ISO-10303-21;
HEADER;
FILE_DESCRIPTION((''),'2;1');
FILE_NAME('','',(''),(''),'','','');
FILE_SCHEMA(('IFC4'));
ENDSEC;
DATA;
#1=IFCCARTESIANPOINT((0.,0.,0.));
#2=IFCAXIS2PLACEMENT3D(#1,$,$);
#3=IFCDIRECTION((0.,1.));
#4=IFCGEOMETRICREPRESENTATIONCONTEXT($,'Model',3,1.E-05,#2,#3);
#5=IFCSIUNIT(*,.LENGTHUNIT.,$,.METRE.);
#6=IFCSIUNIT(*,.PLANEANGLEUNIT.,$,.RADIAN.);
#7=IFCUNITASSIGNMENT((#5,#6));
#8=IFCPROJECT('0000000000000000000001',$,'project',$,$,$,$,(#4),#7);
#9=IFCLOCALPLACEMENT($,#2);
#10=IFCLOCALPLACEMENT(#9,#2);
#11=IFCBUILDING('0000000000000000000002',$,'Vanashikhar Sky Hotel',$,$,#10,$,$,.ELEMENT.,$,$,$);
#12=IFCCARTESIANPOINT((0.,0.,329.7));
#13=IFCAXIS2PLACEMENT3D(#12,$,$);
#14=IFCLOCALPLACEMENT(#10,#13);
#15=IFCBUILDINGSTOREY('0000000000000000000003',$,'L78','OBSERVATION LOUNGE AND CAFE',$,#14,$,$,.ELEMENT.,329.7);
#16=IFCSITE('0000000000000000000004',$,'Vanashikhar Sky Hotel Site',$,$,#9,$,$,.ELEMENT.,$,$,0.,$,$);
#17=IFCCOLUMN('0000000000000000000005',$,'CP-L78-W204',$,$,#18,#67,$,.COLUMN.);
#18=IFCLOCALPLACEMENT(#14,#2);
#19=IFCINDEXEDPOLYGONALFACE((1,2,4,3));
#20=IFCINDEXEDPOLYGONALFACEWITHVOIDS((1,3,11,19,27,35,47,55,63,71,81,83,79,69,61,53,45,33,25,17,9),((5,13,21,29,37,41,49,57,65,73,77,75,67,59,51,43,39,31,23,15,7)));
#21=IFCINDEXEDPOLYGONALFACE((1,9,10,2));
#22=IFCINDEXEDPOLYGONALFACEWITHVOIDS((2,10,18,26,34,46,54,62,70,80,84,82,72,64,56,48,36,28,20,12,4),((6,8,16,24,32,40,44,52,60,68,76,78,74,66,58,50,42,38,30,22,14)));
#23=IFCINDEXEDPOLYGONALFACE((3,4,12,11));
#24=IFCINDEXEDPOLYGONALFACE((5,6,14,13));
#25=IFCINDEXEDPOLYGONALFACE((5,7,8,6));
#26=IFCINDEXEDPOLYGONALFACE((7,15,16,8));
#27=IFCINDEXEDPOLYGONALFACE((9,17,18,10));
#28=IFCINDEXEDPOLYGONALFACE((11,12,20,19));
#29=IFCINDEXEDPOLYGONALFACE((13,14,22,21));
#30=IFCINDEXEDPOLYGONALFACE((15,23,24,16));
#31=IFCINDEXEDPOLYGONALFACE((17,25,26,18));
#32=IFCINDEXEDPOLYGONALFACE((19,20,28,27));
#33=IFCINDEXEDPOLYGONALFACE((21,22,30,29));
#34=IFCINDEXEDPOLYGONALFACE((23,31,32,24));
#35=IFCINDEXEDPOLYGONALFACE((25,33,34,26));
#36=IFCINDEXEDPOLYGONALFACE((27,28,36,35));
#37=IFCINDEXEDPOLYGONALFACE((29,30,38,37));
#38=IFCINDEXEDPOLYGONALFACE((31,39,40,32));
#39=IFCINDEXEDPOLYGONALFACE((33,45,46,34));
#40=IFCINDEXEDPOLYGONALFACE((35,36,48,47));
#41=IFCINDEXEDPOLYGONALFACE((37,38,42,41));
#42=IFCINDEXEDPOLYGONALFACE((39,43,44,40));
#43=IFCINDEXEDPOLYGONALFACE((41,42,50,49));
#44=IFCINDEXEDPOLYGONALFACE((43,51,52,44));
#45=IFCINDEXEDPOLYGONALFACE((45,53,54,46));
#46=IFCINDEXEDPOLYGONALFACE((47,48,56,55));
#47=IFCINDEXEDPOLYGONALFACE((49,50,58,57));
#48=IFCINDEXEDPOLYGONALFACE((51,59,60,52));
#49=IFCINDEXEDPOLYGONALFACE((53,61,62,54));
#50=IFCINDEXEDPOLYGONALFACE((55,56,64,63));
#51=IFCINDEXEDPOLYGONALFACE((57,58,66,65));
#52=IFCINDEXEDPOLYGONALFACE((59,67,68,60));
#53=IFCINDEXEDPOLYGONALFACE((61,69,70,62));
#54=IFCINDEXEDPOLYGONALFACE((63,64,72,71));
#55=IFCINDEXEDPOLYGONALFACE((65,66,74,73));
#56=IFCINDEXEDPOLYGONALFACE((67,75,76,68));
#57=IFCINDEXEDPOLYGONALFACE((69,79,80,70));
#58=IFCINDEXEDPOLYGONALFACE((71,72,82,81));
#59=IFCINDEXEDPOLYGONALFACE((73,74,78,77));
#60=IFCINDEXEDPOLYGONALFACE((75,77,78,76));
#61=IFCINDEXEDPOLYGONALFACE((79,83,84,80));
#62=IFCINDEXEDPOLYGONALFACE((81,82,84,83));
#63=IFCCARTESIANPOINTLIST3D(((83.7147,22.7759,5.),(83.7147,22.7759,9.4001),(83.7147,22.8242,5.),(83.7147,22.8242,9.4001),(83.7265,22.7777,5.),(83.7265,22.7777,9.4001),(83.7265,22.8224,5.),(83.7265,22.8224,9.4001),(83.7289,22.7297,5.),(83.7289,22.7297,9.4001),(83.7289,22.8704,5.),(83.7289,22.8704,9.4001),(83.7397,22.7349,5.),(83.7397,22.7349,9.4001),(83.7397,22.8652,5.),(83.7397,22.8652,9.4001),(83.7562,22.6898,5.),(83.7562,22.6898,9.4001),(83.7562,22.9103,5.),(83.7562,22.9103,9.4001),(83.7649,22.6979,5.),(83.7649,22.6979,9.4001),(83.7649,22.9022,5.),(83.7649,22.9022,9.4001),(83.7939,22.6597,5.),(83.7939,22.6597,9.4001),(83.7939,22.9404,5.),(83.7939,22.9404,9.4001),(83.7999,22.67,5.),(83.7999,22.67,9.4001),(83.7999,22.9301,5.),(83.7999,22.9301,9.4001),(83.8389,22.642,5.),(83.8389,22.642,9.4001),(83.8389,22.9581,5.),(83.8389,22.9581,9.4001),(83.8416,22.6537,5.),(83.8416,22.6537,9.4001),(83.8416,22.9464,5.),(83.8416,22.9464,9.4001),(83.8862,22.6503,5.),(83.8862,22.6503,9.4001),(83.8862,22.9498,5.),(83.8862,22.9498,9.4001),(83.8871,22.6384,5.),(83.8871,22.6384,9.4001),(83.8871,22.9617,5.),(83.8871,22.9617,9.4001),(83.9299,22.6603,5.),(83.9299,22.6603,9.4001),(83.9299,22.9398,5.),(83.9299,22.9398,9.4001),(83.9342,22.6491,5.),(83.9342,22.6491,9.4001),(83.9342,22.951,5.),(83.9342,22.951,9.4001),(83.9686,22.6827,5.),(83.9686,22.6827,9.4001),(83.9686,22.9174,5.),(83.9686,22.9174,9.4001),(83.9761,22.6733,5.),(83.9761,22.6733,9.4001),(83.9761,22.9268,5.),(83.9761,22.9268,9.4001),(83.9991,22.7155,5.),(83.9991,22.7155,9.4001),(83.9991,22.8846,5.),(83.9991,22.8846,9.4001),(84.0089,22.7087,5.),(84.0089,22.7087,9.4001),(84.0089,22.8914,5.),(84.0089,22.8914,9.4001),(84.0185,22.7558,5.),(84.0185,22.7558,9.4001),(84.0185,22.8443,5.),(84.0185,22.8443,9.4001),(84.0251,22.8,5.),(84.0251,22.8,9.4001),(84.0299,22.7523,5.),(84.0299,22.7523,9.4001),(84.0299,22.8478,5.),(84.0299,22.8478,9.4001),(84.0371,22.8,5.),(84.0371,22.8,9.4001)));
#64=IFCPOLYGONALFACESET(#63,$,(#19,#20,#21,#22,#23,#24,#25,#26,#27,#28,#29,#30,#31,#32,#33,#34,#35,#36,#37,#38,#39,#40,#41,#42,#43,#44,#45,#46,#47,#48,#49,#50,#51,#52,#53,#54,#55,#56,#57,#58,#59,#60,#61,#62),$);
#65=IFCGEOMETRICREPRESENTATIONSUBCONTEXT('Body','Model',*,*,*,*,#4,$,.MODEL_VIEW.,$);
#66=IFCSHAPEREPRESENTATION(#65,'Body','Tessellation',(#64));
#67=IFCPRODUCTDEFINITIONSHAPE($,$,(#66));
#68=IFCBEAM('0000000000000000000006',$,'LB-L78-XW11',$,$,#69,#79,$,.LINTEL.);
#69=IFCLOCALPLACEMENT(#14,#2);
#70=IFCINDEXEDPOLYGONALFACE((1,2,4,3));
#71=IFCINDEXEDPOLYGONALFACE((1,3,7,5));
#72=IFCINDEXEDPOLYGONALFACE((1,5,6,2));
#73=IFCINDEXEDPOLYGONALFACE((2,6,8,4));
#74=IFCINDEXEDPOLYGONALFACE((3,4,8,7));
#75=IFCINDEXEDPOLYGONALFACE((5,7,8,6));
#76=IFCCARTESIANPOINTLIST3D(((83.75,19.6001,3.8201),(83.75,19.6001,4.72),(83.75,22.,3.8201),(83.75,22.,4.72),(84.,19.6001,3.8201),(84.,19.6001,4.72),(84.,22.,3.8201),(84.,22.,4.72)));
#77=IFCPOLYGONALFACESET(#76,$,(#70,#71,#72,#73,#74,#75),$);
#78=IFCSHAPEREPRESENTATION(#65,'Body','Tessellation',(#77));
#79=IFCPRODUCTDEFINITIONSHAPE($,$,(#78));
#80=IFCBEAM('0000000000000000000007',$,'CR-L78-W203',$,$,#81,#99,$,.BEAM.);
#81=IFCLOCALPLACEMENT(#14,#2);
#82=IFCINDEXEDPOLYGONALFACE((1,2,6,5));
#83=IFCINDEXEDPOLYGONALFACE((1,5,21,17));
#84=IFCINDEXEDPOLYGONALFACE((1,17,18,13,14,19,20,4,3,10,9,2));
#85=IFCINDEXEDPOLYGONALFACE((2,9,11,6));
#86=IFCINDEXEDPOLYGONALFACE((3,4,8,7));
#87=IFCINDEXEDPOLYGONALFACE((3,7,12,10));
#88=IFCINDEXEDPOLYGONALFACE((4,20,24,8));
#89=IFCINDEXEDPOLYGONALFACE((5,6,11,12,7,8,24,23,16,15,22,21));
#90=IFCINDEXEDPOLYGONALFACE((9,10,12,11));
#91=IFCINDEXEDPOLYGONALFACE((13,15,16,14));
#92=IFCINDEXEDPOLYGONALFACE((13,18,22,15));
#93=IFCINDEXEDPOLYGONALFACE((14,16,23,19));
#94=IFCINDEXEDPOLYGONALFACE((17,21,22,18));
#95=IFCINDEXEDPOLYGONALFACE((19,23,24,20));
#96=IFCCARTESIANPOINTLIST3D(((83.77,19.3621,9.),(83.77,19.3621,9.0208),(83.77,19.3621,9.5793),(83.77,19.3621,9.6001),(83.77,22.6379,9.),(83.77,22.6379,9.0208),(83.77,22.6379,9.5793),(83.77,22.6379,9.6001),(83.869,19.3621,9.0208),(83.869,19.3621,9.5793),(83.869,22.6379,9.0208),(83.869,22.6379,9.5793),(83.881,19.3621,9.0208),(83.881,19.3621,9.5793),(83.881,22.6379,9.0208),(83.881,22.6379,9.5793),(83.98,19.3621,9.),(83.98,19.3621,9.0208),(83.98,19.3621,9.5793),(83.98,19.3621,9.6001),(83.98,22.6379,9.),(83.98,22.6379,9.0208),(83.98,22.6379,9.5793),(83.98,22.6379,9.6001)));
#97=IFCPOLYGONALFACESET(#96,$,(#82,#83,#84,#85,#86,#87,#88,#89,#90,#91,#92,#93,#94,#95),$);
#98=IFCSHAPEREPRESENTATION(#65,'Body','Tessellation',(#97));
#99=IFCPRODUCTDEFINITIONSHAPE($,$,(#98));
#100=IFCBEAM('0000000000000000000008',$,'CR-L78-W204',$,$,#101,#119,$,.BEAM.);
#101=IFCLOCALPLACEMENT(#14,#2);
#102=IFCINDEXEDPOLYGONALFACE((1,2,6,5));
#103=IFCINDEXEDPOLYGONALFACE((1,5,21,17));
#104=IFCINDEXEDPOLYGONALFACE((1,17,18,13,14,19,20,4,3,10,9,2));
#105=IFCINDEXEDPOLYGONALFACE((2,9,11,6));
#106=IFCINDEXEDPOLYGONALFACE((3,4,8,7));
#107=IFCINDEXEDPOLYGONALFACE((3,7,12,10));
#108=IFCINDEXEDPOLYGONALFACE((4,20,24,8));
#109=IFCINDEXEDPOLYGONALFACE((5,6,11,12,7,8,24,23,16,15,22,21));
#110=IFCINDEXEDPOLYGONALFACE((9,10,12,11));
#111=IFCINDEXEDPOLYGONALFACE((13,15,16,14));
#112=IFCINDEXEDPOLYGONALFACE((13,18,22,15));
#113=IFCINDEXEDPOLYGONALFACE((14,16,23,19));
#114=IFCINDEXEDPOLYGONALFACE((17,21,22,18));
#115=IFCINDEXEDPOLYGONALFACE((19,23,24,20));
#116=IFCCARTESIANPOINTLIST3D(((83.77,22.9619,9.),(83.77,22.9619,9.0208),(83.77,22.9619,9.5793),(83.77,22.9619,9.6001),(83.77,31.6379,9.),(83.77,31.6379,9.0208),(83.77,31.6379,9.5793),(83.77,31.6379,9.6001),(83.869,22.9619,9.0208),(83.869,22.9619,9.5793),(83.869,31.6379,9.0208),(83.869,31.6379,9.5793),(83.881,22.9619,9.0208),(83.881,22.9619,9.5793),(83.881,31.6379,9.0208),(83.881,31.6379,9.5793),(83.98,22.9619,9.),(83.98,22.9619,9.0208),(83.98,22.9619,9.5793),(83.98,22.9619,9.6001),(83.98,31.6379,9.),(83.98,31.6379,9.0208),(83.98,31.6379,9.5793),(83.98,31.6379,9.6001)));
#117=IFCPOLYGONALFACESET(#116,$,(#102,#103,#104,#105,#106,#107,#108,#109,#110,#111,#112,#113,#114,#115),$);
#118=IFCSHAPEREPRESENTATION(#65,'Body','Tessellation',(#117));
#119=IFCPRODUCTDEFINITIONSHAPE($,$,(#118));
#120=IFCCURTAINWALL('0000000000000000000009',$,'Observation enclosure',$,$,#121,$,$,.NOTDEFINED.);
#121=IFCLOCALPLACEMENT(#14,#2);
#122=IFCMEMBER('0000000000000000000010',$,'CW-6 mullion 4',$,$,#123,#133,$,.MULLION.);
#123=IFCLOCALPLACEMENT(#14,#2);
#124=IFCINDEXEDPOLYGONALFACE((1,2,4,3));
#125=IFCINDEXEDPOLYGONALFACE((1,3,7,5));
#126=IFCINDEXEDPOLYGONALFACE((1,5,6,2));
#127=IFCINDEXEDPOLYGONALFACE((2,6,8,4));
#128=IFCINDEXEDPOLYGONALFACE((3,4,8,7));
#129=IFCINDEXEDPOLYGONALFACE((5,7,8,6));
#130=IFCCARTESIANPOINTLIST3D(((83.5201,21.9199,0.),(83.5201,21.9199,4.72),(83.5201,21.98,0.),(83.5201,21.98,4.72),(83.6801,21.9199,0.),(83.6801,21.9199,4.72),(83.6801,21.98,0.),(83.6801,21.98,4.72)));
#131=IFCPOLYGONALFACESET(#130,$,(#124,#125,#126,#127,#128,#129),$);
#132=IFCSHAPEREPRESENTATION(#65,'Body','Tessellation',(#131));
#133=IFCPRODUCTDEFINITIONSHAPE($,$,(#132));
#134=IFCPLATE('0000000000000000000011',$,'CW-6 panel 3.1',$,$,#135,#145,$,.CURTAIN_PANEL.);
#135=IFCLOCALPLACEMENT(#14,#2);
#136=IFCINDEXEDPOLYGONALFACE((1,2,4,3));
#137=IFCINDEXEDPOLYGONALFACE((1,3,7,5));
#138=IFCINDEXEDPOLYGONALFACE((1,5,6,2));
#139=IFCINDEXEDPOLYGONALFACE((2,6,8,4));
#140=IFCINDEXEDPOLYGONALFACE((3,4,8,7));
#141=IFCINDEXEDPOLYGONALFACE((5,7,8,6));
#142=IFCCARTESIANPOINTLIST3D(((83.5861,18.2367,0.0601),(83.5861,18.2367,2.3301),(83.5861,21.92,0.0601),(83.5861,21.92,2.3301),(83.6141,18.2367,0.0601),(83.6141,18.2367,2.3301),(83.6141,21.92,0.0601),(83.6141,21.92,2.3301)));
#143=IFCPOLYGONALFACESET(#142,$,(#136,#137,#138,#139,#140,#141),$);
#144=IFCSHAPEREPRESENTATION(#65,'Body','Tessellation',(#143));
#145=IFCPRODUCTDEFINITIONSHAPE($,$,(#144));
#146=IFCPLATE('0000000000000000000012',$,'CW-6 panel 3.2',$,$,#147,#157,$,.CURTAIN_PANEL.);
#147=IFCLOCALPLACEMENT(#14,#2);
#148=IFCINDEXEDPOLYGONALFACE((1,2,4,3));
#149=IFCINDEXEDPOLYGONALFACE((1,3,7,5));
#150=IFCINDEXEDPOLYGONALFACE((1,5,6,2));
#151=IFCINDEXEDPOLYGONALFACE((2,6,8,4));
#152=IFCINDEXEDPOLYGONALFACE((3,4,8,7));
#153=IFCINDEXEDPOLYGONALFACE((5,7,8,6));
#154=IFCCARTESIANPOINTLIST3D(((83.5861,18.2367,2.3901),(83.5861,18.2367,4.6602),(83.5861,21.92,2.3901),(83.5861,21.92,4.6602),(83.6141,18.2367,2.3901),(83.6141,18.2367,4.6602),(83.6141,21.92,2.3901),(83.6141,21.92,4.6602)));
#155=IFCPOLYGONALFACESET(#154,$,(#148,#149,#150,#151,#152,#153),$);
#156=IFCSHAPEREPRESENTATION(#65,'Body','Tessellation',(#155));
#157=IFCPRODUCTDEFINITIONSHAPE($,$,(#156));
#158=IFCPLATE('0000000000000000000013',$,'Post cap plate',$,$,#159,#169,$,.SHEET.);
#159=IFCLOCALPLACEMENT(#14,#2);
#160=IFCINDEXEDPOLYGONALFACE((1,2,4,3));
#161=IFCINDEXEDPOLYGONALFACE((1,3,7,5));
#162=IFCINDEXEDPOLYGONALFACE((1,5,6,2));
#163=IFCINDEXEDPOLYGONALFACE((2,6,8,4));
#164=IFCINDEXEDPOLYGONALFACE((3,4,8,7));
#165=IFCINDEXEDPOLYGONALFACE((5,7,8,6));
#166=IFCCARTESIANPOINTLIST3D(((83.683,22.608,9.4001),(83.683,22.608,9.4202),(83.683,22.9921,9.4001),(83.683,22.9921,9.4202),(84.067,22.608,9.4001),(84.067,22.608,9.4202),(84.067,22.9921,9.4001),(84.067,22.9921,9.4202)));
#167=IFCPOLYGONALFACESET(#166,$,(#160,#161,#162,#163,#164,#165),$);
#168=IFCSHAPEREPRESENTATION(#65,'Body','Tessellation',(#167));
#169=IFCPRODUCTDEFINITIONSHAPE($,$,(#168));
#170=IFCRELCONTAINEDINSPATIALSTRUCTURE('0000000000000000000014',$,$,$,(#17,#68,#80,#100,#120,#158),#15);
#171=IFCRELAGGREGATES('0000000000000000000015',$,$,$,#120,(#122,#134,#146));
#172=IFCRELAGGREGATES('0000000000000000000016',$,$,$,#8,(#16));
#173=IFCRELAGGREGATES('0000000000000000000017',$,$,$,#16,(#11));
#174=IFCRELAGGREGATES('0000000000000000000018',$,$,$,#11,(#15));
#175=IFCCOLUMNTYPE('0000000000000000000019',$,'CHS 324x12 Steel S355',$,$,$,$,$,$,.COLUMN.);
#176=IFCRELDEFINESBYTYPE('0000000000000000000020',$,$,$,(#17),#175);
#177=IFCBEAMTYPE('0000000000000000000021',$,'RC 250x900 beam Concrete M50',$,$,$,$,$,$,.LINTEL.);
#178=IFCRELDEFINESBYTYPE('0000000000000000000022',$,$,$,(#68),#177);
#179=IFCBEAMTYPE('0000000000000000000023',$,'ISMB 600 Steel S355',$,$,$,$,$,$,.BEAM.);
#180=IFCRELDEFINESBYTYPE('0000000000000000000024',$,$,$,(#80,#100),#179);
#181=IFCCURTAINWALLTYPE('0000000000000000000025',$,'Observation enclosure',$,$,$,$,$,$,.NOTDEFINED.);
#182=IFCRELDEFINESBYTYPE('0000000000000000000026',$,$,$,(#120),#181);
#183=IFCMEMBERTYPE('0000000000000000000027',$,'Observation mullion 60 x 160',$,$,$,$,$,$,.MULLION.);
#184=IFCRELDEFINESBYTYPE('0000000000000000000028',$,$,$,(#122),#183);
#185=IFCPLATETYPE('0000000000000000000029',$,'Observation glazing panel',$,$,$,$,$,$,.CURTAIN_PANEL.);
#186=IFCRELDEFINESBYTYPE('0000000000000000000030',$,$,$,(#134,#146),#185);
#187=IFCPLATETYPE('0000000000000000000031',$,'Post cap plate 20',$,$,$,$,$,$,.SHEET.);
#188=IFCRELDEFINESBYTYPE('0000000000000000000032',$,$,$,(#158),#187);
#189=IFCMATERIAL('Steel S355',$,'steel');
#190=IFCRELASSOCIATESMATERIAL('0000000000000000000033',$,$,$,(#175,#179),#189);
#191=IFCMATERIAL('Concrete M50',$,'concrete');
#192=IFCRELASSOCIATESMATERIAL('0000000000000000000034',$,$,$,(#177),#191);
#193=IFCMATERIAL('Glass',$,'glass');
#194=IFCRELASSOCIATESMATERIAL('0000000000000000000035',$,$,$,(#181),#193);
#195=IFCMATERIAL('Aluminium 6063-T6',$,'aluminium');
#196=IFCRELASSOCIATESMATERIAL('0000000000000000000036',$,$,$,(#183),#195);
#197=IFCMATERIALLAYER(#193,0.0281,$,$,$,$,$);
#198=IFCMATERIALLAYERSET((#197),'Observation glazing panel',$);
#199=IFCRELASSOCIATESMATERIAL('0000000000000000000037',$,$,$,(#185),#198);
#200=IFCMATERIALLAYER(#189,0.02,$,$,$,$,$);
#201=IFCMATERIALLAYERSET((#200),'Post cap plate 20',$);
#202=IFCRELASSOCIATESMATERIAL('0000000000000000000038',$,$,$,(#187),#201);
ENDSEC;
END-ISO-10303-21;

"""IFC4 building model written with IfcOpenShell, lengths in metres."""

from ifc_helpers import new_model, si_unit, direction, frame, origin, origin_2d, place, context, subcontext, project, spatial, rectangle, hollow_circle, i_section, extrude, source, transform, mapped, material, layer, layer_set, material_profile, profile_set, type_object, element, aggregate, save


model = new_model("IFC4")

# Units and contexts
model_context = context("Model", 3, precision=1e-05, world=origin(), true_north=direction((0.0, 1.0)))
body_context = subcontext(model_context, "Body", "Model", "MODEL_VIEW")
ifc_project = project(units=[si_unit("LENGTHUNIT", "METRE"), si_unit("PLANEANGLEUNIT", "RADIAN")], contexts=[model_context])

# Site, building, storey
site_placement = place(None, origin())
site = spatial("IfcSite", under=ifc_project, at=site_placement, Name="Vanashikhar Sky Hotel Site", CompositionType="ELEMENT", RefElevation=0.0)
building_placement = place(site_placement, origin())
building = spatial("IfcBuilding", under=site, at=building_placement, Name="Vanashikhar Sky Hotel", CompositionType="ELEMENT")
storey_placement = place(building_placement, frame((0.0, 0.0, 329.7)))
storey = spatial("IfcBuildingStorey", under=building, at=storey_placement, Name="L78", Description="OBSERVATION LOUNGE AND CAFE", CompositionType="ELEMENT", Elevation=329.7)

# Column
ifc_material_1 = material(Name="Steel S355", Category="steel")
ifc_material_profile_1 = material_profile(ifc_material_1, hollow_circle(Radius=0.1621, WallThickness=0.012, at=origin_2d()))
ifc_profile_set_1 = profile_set([ifc_material_profile_1], Name="CHS 324x12 Steel S355")
column_type = type_object("IfcColumnType", Name="CHS 324x12 Steel S355", PredefinedType="COLUMN", material=ifc_profile_set_1)
shared_shape_1 = source(origin(), body_context, "Body", "SweptSolid", [
    extrude(hollow_circle(Radius=0.1621, WallThickness=0.012, at=origin_2d()), origin(), (0.0, 0.0, 1.0), 4.4001),
])
column_placement = place(storey_placement, frame((83.875, 22.8, 5.0), z_axis=(0.0, 0.0, 1.0), x_axis=(1.0, 0.0, 0.0)))
element("IfcColumn", 1, at=column_placement, inside=storey, type_object=column_type, Name="CP-L78-W204", PredefinedType="COLUMN", context=body_context, shape_type="MappedRepresentation", body=[
    mapped(shared_shape_1, transform((0.0, 0.0, 0.0), scale=1.0)),
])

# Beams
ifc_material_2 = material(Name="Concrete M50", Category="concrete")
ifc_material_profile_2 = material_profile(ifc_material_2, rectangle(XDim=0.25, YDim=0.8999, at=origin_2d()))
ifc_profile_set_2 = profile_set([ifc_material_profile_2], Name="RC 250x900 beam Concrete M50")
beam_type_1 = type_object("IfcBeamType", Name="RC 250x900 beam Concrete M50", PredefinedType="LINTEL", material=ifc_profile_set_2)
shared_shape_2 = source(origin(), body_context, "Body", "SweptSolid", [
    extrude(rectangle(XDim=0.25, YDim=0.8999, at=origin_2d()), origin(), (0.0, 0.0, 1.0), 2.3999),
])
beam_1_placement = place(storey_placement, frame((83.875, 19.6001, 4.27), z_axis=(0.0, 1.0, 0.0), x_axis=(-1.0, 0.0, 0.0)))
element("IfcBeam", 2, at=beam_1_placement, inside=storey, type_object=beam_type_1, Name="LB-L78-XW11", PredefinedType="LINTEL", context=body_context, shape_type="MappedRepresentation", body=[
    mapped(shared_shape_2, transform((0.0, 0.0, 0.0), scale=1.0)),
])
ifc_material_profile_3 = material_profile(ifc_material_1, i_section(OverallWidth=0.21, OverallDepth=0.6001, WebThickness=0.012, FlangeThickness=0.0208, at=origin_2d()), Name="ISMB 600")
ifc_profile_set_3 = profile_set([ifc_material_profile_3], Name="Steel S355")
beam_type_2 = type_object("IfcBeamType", Name="ISMB 600 Steel S355", PredefinedType="BEAM", material=ifc_profile_set_3)
shared_shape_3 = source(origin(), body_context, "Body", "SweptSolid", [
    extrude(i_section(OverallWidth=0.21, OverallDepth=0.6001, WebThickness=0.012, FlangeThickness=0.0208, at=origin_2d()), origin(), (0.0, 0.0, 1.0), 3.2759),
])
beam_2_placement = place(storey_placement, frame((83.875, 19.3621, 9.3), z_axis=(0.0, 1.0, 0.0), x_axis=(-1.0, 0.0, 0.0)))
element("IfcBeam", 3, at=beam_2_placement, inside=storey, type_object=beam_type_2, Name="CR-L78-W203", PredefinedType="BEAM", context=body_context, shape_type="MappedRepresentation", body=[
    mapped(shared_shape_3, transform((0.0, 0.0, 0.0), scale=1.0)),
])
shared_shape_4 = source(origin(), body_context, "Body", "SweptSolid", [
    extrude(i_section(OverallWidth=0.21, OverallDepth=0.6001, WebThickness=0.012, FlangeThickness=0.0208, at=origin_2d()), origin(), (0.0, 0.0, 1.0), 8.676),
])
beam_3_placement = place(storey_placement, frame((83.875, 22.9619, 9.3), z_axis=(0.0, 1.0, 0.0), x_axis=(-1.0, 0.0, 0.0)))
element("IfcBeam", 4, at=beam_3_placement, inside=storey, type_object=beam_type_2, Name="CR-L78-W204", PredefinedType="BEAM", context=body_context, shape_type="MappedRepresentation", body=[
    mapped(shared_shape_4, transform((0.0, 0.0, 0.0), scale=1.0)),
])

# Curtain wall, member, plates
ifc_material_3 = material(Name="Glass", Category="glass")
curtain_wall_type = type_object("IfcCurtainWallType", Name="Observation enclosure", PredefinedType="NOTDEFINED", material=ifc_material_3)
curtain_wall_placement = place(storey_placement, origin())
curtain_wall = element("IfcCurtainWall", 5, at=curtain_wall_placement, inside=storey, type_object=curtain_wall_type, Name="Observation enclosure", PredefinedType="NOTDEFINED")
ifc_material_4 = material(Name="Aluminium 6063-T6", Category="aluminium")
ifc_material_profile_4 = material_profile(ifc_material_4, rectangle(XDim=0.1599, YDim=0.0601, at=origin_2d()))
ifc_profile_set_4 = profile_set([ifc_material_profile_4], Name="Aluminium 6063-T6")
member_type = type_object("IfcMemberType", Name="Observation mullion 60 x 160", PredefinedType="MULLION", material=ifc_profile_set_4)
shared_shape_5 = source(origin(), body_context, "Body", "SweptSolid", [
    extrude(rectangle(XDim=0.1599, YDim=0.0601, at=origin_2d()), origin(), (0.0, 0.0, 1.0), 4.72),
])
member_placement = place(storey_placement, frame((83.6001, 21.95, 0.0), z_axis=(0.0, 0.0, 1.0), x_axis=(-1.0, 0.0, 0.0)))
member = element("IfcMember", 6, at=member_placement, type_object=member_type, Name="CW-6 mullion 4", PredefinedType="MULLION", context=body_context, shape_type="MappedRepresentation", body=[
    mapped(shared_shape_5, transform((0.0, 0.0, 0.0), scale=1.0)),
])
ifc_layer_1 = layer(ifc_material_3, 0.0281)
ifc_layer_set_1 = layer_set([ifc_layer_1], Name="Observation glazing panel")
plate_type_1 = type_object("IfcPlateType", Name="Observation glazing panel", PredefinedType="CURTAIN_PANEL", material=ifc_layer_set_1)
shared_shape_6 = source(origin(), body_context, "Body", "SweptSolid", [
    extrude(rectangle(XDim=3.6833, YDim=0.0281, at=origin_2d()), origin(), (0.0, 0.0, 1.0), 2.27),
])
plate_1_placement = place(storey_placement, frame((83.6001, 20.0784, 0.0601), z_axis=(0.0, 0.0, 1.0), x_axis=(0.0, 1.0, 0.0)))
plate_1 = element("IfcPlate", 7, at=plate_1_placement, type_object=plate_type_1, Name="CW-6 panel 3.1", PredefinedType="CURTAIN_PANEL", context=body_context, shape_type="MappedRepresentation", body=[
    mapped(shared_shape_6, transform((0.0, 0.0, 0.0), scale=1.0)),
])
plate_2_placement = place(storey_placement, frame((83.6001, 20.0784, 2.3901), z_axis=(0.0, 0.0, 1.0), x_axis=(0.0, 1.0, 0.0)))
plate_2 = element("IfcPlate", 8, at=plate_2_placement, type_object=plate_type_1, Name="CW-6 panel 3.2", PredefinedType="CURTAIN_PANEL", context=body_context, shape_type="MappedRepresentation", body=[
    mapped(shared_shape_6, transform((0.0, 0.0, 0.0), scale=1.0)),
])
aggregate(curtain_wall, [member, plate_1, plate_2])

# Plate
ifc_layer_2 = layer(ifc_material_1, 0.02)
ifc_layer_set_2 = layer_set([ifc_layer_2], Name="Post cap plate 20")
plate_type_2 = type_object("IfcPlateType", Name="Post cap plate 20", PredefinedType="SHEET", material=ifc_layer_set_2)
shared_shape_7 = source(origin(), body_context, "Body", "SweptSolid", [
    extrude(rectangle(XDim=0.384, YDim=0.384, at=origin_2d()), origin(), (0.0, 0.0, 1.0), 0.02),
])
plate_3_placement = place(storey_placement, frame((83.875, 22.8, 9.4001), z_axis=(0.0, 0.0, 1.0), x_axis=(1.0, 0.0, 0.0)))
element("IfcPlate", 9, at=plate_3_placement, inside=storey, type_object=plate_type_2, Name="Post cap plate", PredefinedType="SHEET", context=body_context, shape_type="MappedRepresentation", body=[
    mapped(shared_shape_7, transform((0.0, 0.0, 0.0), scale=1.0)),
])

save(model, "model.ifc")
